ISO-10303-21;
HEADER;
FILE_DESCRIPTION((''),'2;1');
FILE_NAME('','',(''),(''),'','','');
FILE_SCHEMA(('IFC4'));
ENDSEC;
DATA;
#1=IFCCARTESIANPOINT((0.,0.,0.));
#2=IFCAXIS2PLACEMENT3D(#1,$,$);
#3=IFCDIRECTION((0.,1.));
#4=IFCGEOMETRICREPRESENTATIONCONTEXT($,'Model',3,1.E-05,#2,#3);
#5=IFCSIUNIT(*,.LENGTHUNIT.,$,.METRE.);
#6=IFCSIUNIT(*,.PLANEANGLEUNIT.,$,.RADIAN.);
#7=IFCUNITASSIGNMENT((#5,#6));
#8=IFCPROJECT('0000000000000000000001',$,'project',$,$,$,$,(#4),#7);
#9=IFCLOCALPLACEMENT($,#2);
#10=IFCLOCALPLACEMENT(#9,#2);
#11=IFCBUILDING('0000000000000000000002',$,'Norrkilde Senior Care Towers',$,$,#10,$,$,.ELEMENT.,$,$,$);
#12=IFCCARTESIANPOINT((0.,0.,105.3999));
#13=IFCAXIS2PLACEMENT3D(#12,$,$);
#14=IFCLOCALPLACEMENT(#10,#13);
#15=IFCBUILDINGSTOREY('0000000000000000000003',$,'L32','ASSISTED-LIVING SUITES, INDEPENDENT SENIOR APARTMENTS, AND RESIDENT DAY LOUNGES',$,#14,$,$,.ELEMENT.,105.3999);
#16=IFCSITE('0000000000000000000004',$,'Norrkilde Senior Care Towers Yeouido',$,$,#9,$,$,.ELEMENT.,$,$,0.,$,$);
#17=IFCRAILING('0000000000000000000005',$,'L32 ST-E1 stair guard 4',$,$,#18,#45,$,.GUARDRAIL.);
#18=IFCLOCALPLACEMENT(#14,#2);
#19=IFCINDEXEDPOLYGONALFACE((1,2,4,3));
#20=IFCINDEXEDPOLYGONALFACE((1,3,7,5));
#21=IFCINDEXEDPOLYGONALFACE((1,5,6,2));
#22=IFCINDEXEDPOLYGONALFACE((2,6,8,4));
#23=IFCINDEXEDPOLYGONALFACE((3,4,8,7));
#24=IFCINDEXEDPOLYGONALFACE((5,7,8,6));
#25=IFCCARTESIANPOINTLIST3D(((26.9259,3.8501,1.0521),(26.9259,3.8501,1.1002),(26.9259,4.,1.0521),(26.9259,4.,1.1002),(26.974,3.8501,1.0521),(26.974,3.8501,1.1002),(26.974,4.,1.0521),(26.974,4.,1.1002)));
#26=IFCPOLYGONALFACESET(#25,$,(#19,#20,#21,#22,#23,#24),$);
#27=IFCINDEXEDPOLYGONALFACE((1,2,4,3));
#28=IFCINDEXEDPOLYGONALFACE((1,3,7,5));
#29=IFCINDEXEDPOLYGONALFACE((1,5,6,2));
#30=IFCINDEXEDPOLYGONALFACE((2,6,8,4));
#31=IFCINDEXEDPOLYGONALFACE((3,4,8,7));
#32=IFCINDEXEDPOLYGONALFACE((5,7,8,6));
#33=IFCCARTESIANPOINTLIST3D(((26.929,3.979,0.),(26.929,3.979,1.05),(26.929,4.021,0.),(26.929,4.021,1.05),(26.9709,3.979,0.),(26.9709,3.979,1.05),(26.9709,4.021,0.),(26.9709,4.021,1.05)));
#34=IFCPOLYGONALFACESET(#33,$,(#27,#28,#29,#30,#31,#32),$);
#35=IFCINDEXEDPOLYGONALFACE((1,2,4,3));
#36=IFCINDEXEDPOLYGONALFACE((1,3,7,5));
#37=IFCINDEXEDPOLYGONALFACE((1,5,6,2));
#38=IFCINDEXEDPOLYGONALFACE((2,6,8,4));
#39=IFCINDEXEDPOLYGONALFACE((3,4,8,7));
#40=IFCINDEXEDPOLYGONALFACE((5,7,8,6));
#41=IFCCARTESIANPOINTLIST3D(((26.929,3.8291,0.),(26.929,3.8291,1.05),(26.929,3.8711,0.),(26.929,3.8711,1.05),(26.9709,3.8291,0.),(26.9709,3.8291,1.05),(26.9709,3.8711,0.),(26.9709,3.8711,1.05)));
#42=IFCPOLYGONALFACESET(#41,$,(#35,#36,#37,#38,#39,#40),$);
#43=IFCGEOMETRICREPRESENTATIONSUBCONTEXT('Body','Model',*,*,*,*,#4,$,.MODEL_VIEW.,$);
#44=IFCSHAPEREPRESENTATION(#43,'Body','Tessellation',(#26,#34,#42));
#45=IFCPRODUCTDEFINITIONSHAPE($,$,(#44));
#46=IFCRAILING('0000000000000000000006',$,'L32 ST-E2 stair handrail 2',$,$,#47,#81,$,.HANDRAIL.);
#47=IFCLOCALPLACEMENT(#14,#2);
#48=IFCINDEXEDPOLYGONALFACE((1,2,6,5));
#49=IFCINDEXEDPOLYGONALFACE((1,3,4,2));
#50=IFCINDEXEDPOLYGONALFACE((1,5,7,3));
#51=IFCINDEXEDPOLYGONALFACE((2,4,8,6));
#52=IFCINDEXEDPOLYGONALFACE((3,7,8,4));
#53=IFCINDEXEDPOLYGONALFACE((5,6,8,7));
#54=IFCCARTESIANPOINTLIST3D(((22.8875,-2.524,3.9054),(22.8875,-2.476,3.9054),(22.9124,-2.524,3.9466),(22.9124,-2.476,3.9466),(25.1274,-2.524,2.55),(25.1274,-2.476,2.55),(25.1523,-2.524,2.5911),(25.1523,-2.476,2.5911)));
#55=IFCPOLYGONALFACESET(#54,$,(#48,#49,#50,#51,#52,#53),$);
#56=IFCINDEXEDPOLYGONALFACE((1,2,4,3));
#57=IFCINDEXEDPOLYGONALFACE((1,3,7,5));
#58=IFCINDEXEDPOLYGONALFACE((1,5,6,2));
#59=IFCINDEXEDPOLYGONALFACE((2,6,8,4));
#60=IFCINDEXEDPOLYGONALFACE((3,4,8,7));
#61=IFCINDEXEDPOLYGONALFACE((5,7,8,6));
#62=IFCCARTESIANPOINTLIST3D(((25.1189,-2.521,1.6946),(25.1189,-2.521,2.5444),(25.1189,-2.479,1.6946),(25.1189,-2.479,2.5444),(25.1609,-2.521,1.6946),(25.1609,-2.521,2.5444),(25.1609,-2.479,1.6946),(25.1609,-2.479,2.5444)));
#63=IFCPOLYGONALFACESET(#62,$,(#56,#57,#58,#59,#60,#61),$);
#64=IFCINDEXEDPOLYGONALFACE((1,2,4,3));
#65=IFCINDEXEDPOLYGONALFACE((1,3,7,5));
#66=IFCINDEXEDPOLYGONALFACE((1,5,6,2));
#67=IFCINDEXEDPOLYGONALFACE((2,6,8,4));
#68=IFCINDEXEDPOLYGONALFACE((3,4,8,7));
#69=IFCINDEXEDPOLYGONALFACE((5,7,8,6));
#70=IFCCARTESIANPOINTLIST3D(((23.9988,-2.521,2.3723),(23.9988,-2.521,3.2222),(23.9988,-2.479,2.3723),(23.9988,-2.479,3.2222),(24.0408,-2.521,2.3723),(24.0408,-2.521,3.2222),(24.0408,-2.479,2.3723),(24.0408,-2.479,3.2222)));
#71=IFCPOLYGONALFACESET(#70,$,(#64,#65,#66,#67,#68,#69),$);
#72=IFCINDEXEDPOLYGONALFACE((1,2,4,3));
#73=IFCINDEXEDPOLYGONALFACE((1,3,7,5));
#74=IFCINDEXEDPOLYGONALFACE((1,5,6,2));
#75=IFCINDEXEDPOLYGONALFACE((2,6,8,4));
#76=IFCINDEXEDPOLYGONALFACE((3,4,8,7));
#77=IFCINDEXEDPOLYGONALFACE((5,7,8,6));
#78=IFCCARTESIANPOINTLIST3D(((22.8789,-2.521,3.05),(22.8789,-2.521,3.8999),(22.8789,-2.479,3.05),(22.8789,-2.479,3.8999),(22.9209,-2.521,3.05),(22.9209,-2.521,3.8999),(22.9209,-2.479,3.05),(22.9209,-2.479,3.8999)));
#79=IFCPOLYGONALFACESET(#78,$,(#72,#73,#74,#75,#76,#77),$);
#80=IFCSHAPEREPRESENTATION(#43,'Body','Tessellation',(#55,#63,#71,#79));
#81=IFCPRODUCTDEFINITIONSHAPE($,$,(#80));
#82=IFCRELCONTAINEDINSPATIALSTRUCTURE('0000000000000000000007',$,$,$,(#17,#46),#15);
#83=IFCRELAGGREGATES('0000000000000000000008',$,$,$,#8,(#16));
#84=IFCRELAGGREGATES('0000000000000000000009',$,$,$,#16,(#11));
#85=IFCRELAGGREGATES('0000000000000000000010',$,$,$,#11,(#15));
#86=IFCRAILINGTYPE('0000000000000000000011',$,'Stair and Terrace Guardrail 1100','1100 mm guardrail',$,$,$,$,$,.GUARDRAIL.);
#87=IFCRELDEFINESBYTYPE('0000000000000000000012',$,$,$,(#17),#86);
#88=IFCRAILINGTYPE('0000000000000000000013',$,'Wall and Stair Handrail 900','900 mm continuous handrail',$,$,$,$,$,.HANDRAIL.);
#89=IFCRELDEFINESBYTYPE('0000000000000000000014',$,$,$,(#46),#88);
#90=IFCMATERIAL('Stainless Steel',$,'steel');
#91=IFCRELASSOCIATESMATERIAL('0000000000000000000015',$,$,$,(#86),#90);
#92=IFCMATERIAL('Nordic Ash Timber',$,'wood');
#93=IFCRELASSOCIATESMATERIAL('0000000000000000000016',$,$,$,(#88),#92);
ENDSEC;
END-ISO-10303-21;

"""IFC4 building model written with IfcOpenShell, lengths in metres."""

from ifc_helpers import new_model, si_unit, direction, frame, origin, origin_2d, place, context, subcontext, project, spatial, rectangle, extrude, material, type_object, element, save


model = new_model("IFC4")

# Units and contexts
model_context = context("Model", 3, precision=1e-05, world=origin(), true_north=direction((0.0, 1.0)))
body_context = subcontext(model_context, "Body", "Model", "MODEL_VIEW")
ifc_project = project(units=[si_unit("LENGTHUNIT", "METRE"), si_unit("PLANEANGLEUNIT", "RADIAN")], contexts=[model_context])

# Site, building, storey
site_placement = place(None, origin())
site = spatial("IfcSite", under=ifc_project, at=site_placement, Name="Norrkilde Senior Care Towers Yeouido", CompositionType="ELEMENT", RefElevation=0.0)
building_placement = place(site_placement, origin())
building = spatial("IfcBuilding", under=site, at=building_placement, Name="Norrkilde Senior Care Towers", CompositionType="ELEMENT")
storey_placement = place(building_placement, frame((0.0, 0.0, 105.3999)))
storey = spatial("IfcBuildingStorey", under=building, at=storey_placement, Name="L32", Description="ASSISTED-LIVING SUITES, INDEPENDENT SENIOR APARTMENTS, AND RESIDENT DAY LOUNGES", CompositionType="ELEMENT", Elevation=105.3999)

# Shared definitions
ifc_material_1 = material(Name="Stainless Steel", Category="steel")

# Shared definitions
ifc_material_2 = material(Name="Nordic Ash Timber", Category="wood")

# Railings
railing_type_1 = type_object("IfcRailingType", Name="Stair and Terrace Guardrail 1100", Description="1100 mm guardrail", PredefinedType="GUARDRAIL", material=ifc_material_1)
railing_1_placement = place(storey_placement, frame((26.95, 4.0, 0.0)))
element("IfcRailing", 1, at=railing_1_placement, inside=storey, type_object=railing_type_1, Name="L32 ST-E1 stair guard 4", PredefinedType="GUARDRAIL", context=body_context, shape_type="SweptSolid", body=[
    extrude(rectangle(XDim=0.0481, YDim=0.0481, at=origin_2d()), frame((0.0, 0.0, 1.0762), z_axis=(0.0, -1.0, 0.0), x_axis=(1.0, 0.0, 0.0)), (0.0, 0.0, 1.0), 0.1499),
    extrude(rectangle(XDim=0.042, YDim=0.042, at=origin_2d()), origin(), (0.0, 0.0, 1.0), 1.05),
    extrude(rectangle(XDim=0.042, YDim=0.042, at=origin_2d()), frame((0.0, -0.1499, 0.0)), (0.0, 0.0, 1.0), 1.05),
])
railing_type_2 = type_object("IfcRailingType", Name="Wall and Stair Handrail 900", Description="900 mm continuous handrail", PredefinedType="HANDRAIL", material=ifc_material_2)
railing_2_placement = place(storey_placement, frame((25.1399, -2.5, 1.6946)))
element("IfcRailing", 2, at=railing_2_placement, inside=storey, type_object=railing_type_2, Name="L32 ST-E2 stair handrail 2", PredefinedType="HANDRAIL", context=body_context, shape_type="SweptSolid", body=[
    extrude(rectangle(XDim=0.0481, YDim=0.0481, at=origin_2d()), frame((0.0, 0.0, 0.876), z_axis=(-0.855553, 0.0, 0.517715), x_axis=(0.0, -1.0, 0.0)), (0.0, 0.0, 1.0), 2.6182),
    extrude(rectangle(XDim=0.042, YDim=0.042, at=origin_2d()), origin(), (0.0, 0.0, 1.0), 0.8499),
    extrude(rectangle(XDim=0.042, YDim=0.042, at=origin_2d()), frame((-1.1201, 0.0, 0.6777)), (0.0, 0.0, 1.0), 0.8499),
    extrude(rectangle(XDim=0.042, YDim=0.042, at=origin_2d()), frame((-2.24, 0.0, 1.3555)), (0.0, 0.0, 1.0), 0.8499),
])

save(model, "model.ifc")
